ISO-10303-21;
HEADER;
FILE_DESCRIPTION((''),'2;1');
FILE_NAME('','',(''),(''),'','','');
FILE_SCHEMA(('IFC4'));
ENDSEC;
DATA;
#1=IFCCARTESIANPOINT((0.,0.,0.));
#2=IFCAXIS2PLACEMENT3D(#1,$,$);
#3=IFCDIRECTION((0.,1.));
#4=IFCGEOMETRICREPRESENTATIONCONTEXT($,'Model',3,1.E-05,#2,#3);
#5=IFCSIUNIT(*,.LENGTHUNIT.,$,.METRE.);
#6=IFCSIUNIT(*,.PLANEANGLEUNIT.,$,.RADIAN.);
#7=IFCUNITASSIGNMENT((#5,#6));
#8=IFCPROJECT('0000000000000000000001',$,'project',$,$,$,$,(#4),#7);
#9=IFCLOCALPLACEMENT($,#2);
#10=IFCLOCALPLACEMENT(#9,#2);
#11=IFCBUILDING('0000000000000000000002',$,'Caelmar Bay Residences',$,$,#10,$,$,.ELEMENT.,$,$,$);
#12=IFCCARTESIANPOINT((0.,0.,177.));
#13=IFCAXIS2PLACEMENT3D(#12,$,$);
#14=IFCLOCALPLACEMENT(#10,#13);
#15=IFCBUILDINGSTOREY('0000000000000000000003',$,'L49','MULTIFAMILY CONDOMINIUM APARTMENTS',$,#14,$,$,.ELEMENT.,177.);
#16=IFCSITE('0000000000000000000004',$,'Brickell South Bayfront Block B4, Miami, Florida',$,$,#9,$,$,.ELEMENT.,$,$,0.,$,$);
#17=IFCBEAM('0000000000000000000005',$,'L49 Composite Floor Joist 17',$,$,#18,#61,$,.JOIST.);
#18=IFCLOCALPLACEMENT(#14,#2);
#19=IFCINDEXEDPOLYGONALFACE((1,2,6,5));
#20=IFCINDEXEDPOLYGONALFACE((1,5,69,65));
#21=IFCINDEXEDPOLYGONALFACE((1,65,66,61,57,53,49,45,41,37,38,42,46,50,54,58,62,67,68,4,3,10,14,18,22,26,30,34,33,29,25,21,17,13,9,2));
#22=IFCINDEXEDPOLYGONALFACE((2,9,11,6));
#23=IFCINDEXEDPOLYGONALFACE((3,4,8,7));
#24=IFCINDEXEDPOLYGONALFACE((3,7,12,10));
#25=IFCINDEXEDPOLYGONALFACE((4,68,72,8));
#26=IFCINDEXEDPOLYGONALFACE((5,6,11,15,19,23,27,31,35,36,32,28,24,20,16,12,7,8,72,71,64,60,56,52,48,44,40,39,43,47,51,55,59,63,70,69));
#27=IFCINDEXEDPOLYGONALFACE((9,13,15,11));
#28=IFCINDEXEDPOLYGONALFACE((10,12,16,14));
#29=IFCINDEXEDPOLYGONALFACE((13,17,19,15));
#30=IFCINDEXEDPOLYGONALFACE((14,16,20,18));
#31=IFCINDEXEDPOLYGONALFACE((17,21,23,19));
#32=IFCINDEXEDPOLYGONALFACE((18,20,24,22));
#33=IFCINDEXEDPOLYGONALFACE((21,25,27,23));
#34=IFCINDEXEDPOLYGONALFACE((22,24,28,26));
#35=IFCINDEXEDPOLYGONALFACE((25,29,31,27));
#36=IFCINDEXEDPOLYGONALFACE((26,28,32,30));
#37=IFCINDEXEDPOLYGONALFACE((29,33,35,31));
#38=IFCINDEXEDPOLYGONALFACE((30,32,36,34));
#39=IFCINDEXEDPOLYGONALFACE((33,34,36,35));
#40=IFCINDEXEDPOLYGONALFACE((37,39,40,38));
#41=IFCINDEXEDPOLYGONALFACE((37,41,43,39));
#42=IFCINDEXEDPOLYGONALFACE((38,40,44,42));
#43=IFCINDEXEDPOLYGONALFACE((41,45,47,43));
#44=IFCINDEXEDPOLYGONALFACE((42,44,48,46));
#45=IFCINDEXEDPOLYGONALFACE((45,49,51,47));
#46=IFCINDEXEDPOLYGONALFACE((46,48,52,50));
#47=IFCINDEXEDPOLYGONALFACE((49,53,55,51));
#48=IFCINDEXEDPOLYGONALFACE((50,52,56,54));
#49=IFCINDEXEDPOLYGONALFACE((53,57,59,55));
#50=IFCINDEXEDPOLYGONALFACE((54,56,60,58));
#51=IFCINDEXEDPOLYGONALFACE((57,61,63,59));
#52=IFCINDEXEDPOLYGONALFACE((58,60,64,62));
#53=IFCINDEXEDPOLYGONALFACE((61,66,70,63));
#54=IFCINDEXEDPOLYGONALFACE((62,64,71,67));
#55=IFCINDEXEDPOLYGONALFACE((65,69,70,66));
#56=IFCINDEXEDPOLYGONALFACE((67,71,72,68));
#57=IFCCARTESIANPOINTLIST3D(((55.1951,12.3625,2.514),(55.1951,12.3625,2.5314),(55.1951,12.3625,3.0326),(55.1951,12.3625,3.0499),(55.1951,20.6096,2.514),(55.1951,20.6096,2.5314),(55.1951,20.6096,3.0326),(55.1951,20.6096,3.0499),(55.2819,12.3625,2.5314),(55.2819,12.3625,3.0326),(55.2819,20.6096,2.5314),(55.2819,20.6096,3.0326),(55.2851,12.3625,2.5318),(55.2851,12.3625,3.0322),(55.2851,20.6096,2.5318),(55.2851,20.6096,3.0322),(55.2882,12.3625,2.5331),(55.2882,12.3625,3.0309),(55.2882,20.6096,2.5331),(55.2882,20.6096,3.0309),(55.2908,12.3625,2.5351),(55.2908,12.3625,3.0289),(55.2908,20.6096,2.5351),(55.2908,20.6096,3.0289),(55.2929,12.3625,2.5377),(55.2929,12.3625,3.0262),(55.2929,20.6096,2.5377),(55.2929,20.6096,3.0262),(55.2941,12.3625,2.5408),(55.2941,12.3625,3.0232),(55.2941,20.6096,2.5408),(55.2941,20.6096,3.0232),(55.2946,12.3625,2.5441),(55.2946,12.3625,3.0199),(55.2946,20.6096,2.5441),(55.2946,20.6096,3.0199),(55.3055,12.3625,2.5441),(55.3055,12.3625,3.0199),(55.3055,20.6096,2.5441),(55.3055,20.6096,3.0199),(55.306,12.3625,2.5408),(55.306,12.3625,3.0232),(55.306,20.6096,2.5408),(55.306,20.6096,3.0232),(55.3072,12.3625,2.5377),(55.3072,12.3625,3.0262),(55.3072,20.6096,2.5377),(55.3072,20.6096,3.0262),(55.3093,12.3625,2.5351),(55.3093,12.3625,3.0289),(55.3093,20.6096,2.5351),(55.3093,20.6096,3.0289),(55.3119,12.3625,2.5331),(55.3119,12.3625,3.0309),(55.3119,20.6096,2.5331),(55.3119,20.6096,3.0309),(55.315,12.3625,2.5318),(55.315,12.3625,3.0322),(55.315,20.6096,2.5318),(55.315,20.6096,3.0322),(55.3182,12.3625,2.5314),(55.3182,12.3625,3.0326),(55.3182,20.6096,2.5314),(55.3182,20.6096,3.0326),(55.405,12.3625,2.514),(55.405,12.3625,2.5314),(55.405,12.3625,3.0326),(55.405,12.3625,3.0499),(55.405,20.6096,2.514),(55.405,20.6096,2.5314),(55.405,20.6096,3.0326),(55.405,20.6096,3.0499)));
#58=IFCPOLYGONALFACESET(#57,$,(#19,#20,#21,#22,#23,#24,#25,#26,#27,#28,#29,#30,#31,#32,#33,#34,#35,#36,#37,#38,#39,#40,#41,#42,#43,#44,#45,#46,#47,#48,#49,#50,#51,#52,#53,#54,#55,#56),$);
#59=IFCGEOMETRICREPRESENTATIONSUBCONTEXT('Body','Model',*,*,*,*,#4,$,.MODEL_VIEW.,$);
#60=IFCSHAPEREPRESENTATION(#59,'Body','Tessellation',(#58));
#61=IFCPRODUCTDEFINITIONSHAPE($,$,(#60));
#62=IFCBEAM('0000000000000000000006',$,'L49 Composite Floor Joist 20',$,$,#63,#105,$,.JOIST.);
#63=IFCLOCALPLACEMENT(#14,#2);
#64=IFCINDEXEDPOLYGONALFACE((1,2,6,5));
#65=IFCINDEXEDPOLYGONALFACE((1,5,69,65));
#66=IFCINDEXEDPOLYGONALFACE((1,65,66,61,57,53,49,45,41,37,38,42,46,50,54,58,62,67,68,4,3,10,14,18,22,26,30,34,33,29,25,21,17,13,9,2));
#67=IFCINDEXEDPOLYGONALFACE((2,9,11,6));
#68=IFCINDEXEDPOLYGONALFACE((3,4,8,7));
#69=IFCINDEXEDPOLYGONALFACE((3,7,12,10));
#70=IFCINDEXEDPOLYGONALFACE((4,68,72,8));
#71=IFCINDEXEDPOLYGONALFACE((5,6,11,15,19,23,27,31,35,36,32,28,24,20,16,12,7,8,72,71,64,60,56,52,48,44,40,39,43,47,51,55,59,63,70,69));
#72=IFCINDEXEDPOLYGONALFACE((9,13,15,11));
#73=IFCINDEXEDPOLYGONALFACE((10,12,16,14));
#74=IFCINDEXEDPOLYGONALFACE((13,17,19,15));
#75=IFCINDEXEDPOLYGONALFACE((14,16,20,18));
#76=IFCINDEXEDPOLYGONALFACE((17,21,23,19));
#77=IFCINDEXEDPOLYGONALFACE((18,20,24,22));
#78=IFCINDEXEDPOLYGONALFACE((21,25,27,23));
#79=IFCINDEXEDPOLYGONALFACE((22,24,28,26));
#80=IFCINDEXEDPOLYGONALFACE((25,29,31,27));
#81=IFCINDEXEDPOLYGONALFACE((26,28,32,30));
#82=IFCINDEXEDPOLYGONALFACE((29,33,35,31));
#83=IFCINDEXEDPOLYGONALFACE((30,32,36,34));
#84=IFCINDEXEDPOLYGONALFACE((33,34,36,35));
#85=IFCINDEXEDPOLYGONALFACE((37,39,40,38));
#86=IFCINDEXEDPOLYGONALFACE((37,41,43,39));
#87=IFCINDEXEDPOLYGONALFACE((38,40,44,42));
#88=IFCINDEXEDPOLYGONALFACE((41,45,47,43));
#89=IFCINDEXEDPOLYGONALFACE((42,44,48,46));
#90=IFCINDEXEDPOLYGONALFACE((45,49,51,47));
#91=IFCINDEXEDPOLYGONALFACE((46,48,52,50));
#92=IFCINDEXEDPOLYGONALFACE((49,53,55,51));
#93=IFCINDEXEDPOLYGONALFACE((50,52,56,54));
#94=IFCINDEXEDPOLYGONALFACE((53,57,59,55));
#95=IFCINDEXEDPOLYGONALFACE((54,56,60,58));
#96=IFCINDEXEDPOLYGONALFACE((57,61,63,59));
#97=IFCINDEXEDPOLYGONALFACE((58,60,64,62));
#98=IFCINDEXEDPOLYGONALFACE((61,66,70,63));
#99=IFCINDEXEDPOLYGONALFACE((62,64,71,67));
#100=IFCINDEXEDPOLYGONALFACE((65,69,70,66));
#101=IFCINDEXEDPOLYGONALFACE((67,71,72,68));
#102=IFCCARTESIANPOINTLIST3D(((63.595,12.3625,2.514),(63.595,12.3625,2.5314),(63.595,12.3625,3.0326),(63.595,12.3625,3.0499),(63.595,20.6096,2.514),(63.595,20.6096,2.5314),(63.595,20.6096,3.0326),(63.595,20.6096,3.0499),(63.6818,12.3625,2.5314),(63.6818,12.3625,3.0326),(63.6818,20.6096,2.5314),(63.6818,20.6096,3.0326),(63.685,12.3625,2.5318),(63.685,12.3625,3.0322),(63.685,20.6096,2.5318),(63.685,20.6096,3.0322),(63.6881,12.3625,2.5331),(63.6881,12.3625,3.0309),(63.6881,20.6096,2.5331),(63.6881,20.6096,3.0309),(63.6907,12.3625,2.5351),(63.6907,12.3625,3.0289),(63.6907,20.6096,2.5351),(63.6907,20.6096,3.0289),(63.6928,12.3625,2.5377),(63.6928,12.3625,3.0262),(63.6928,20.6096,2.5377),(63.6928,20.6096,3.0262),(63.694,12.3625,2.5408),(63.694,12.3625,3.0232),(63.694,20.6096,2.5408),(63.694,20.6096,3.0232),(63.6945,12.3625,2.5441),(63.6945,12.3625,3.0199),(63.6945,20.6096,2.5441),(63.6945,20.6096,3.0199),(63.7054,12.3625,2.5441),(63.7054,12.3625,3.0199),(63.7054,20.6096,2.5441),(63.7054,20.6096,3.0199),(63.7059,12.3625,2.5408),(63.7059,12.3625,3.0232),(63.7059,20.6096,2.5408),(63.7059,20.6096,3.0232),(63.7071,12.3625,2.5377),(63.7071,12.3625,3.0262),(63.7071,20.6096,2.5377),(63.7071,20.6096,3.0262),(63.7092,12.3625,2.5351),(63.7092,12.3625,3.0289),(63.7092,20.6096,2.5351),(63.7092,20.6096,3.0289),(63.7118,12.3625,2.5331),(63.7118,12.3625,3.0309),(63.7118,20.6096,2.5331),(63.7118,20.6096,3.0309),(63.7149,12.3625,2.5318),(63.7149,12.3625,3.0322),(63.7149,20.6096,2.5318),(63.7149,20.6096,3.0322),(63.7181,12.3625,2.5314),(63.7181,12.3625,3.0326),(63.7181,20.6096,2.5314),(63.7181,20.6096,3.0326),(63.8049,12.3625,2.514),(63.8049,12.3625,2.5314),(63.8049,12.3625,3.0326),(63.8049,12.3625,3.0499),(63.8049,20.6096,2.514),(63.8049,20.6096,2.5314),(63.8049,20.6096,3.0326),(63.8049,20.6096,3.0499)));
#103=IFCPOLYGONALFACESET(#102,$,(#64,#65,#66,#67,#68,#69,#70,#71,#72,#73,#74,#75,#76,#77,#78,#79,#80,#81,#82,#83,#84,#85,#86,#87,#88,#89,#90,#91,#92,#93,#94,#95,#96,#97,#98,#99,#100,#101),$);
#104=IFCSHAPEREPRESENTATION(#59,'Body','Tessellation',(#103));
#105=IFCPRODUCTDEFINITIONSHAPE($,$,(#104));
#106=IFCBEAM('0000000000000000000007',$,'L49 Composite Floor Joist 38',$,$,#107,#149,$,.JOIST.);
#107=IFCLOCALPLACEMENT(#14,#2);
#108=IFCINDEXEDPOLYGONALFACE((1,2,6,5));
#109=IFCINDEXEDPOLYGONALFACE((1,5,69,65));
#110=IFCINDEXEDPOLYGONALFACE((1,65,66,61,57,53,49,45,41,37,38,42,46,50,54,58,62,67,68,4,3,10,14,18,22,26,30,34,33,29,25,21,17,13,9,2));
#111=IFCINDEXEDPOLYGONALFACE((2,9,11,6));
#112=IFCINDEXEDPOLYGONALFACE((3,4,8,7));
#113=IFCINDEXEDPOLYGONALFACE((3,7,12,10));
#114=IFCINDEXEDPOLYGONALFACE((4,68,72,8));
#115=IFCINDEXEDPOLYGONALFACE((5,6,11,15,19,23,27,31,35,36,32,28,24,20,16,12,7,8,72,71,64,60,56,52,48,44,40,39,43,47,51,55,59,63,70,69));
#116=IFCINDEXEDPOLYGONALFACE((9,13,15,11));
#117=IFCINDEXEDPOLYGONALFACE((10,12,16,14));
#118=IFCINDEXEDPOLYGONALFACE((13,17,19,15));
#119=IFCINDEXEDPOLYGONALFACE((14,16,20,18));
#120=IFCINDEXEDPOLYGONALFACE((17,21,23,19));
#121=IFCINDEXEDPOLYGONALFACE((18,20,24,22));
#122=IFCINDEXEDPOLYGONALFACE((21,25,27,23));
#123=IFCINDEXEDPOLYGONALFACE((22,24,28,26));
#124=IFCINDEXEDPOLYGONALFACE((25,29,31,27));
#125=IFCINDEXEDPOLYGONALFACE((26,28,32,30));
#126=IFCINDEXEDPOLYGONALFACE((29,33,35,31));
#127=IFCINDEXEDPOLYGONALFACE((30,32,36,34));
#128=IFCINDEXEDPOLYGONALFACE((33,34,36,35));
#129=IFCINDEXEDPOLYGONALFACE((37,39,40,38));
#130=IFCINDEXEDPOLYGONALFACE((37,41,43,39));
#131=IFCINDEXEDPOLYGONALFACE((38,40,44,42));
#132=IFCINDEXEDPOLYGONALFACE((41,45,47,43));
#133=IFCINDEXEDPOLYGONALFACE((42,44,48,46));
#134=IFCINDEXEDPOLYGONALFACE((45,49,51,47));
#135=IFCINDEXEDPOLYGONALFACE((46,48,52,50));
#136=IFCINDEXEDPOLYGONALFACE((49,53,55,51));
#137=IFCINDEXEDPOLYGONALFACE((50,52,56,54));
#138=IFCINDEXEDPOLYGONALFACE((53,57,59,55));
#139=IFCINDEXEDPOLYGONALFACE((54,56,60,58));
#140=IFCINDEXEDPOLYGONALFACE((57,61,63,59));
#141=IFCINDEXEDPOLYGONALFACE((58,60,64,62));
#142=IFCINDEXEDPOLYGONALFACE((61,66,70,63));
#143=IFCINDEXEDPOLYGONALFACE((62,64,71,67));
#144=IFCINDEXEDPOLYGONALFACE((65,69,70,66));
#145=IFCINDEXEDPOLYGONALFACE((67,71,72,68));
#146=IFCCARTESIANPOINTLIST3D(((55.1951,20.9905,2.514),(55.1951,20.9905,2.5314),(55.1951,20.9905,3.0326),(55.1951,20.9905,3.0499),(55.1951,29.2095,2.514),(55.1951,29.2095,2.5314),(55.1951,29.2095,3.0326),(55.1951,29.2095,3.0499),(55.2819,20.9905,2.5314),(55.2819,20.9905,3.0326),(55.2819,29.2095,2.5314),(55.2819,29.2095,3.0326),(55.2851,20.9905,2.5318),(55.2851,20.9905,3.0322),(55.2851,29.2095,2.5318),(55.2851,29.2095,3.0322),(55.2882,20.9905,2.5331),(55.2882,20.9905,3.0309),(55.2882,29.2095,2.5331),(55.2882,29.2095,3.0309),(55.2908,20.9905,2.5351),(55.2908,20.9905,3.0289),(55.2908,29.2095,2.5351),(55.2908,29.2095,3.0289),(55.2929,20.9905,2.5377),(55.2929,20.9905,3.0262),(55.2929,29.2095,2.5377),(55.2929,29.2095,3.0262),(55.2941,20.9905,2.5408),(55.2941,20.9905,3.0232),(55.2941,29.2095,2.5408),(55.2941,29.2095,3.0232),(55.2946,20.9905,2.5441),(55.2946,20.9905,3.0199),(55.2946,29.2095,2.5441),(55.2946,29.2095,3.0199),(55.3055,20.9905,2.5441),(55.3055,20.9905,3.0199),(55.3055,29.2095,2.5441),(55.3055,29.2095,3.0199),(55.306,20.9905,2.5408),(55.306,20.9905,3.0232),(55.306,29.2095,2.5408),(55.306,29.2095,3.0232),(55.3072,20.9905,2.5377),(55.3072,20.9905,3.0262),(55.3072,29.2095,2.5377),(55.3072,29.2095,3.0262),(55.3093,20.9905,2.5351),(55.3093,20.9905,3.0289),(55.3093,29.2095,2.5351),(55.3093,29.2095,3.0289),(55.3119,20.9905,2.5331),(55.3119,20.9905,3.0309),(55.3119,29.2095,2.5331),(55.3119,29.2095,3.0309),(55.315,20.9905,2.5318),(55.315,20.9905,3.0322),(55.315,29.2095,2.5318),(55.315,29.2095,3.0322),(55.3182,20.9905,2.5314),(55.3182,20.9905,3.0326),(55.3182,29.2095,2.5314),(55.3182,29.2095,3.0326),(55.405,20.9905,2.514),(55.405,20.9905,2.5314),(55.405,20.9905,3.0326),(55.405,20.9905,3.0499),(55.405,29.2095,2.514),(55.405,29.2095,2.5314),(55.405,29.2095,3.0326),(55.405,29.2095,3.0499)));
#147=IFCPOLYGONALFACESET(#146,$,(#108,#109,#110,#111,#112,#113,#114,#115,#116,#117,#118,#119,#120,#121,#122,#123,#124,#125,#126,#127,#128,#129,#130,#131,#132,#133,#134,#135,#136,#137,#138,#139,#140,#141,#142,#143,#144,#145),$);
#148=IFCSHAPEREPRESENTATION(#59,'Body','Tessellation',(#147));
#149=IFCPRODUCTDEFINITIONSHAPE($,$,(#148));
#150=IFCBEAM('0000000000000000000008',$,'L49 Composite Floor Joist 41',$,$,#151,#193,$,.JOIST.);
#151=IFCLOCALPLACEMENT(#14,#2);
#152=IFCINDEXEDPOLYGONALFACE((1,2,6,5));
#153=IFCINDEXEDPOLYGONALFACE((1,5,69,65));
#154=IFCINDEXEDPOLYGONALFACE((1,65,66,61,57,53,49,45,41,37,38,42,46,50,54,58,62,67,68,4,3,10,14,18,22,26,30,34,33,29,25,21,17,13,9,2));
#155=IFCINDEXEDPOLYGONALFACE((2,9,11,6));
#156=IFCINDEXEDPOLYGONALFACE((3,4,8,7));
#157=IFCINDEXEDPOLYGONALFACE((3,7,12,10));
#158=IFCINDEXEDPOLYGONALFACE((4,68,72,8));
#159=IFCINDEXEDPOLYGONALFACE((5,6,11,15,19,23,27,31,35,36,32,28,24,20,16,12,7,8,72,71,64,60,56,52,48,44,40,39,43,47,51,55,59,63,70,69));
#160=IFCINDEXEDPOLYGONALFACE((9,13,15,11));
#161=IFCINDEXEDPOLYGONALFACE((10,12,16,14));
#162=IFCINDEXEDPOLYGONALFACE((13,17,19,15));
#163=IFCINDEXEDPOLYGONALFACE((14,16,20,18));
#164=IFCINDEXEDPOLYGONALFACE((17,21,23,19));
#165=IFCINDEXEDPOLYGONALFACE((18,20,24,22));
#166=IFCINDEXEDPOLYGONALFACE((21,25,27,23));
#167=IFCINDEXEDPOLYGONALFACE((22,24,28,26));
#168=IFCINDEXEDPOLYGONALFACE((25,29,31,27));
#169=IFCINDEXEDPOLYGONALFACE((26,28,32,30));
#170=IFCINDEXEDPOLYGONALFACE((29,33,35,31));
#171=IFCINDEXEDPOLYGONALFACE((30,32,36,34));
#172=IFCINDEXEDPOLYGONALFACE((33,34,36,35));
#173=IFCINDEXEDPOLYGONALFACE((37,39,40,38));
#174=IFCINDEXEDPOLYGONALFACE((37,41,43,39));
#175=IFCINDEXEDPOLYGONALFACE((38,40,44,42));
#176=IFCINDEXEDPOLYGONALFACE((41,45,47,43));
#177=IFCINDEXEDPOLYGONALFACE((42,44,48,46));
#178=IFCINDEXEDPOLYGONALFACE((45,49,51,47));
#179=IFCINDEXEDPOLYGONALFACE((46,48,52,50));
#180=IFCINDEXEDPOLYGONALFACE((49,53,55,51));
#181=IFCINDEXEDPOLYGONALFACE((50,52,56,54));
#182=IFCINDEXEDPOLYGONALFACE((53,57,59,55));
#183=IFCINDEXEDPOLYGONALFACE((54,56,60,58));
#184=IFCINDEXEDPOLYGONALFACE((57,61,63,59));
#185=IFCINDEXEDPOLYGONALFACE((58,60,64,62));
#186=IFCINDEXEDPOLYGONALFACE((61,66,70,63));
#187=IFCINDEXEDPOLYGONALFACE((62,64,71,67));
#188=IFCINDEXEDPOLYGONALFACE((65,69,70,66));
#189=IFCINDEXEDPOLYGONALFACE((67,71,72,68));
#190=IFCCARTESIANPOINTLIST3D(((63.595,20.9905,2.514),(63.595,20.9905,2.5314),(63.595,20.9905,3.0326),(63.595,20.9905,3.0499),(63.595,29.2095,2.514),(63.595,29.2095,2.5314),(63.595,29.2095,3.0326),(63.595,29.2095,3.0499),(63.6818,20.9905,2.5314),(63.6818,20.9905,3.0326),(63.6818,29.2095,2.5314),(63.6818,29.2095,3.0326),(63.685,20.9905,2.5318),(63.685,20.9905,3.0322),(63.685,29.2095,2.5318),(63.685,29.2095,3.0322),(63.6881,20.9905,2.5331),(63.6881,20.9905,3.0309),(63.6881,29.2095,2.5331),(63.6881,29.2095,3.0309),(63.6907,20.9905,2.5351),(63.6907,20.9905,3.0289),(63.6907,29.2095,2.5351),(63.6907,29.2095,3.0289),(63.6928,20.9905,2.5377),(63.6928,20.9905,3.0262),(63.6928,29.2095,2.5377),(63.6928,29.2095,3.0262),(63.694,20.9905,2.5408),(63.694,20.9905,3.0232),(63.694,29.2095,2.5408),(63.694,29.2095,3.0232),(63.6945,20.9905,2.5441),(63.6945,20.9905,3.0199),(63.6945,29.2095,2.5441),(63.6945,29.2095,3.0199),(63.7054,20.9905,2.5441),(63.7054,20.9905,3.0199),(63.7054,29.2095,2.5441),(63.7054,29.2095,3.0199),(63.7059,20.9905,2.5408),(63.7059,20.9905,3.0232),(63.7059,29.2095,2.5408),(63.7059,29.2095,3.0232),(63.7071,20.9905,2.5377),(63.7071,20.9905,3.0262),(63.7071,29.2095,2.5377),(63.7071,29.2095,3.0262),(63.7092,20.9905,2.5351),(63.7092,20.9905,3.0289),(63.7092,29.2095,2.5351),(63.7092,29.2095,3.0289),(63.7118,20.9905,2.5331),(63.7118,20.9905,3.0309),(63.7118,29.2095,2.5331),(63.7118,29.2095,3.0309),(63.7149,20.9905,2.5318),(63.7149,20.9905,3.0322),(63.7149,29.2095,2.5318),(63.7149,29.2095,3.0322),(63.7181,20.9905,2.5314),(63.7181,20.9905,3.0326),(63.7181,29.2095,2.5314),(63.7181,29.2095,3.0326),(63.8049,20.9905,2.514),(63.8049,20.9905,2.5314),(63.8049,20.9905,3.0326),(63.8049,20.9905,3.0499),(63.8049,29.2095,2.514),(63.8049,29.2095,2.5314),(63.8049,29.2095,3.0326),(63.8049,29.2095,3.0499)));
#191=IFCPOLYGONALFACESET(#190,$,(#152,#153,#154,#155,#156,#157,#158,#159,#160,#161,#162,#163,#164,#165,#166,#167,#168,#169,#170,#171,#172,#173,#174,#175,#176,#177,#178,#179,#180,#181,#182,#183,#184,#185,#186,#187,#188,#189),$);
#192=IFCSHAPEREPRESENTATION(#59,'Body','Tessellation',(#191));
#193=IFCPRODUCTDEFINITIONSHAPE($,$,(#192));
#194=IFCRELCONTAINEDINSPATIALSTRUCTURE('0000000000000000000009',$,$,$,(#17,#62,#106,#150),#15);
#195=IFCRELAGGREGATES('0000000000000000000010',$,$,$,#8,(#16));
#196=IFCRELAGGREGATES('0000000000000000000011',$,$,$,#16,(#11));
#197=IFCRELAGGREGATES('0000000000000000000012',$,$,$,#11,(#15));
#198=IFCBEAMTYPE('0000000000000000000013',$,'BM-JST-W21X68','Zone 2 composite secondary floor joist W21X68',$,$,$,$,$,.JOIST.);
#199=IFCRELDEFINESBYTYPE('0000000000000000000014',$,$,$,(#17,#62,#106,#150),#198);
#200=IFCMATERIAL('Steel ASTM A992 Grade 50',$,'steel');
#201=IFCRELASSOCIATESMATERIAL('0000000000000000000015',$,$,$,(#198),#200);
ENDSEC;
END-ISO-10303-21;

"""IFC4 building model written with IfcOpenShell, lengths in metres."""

from ifc_helpers import new_model, si_unit, direction, frame, origin, origin_2d, place, context, subcontext, project, spatial, i_section, extrude, material, material_profile, profile_set, type_object, element, save


model = new_model("IFC4")

# Units and contexts
model_context = context("Model", 3, precision=1e-05, world=origin(), true_north=direction((0.0, 1.0)))
body_context = subcontext(model_context, "Body", "Model", "MODEL_VIEW")
ifc_project = project(units=[si_unit("LENGTHUNIT", "METRE"), si_unit("PLANEANGLEUNIT", "RADIAN")], contexts=[model_context])

# Site, building, storey
site_placement = place(None, origin())
site = spatial("IfcSite", under=ifc_project, at=site_placement, Name="Brickell South Bayfront Block B4, Miami, Florida", CompositionType="ELEMENT", RefElevation=0.0)
building_placement = place(site_placement, origin())
building = spatial("IfcBuilding", under=site, at=building_placement, Name="Caelmar Bay Residences", CompositionType="ELEMENT")
storey_placement = place(building_placement, frame((0.0, 0.0, 177.0)))
storey = spatial("IfcBuildingStorey", under=building, at=storey_placement, Name="L49", Description="MULTIFAMILY CONDOMINIUM APARTMENTS", CompositionType="ELEMENT", Elevation=177.0)

# Beams
ifc_material_1 = material(Name="Steel ASTM A992 Grade 50", Category="steel")
ifc_material_profile_1 = material_profile(ifc_material_1, i_section(OverallWidth=0.21, OverallDepth=0.5359, WebThickness=0.011, FlangeThickness=0.0173, FilletRadius=0.0127, at=origin_2d()), Name="W21X68")
ifc_profile_set_1 = profile_set([ifc_material_profile_1], Name="Steel ASTM A992 Grade 50")
beam_type_1 = type_object("IfcBeamType", Name="BM-JST-W21X68", Description="Zone 2 composite secondary floor joist W21X68", PredefinedType="JOIST", material=ifc_profile_set_1)
for number, where, z_axis, x_axis, name in (
    (1, (55.3, 12.3625, 2.782), (0.0, 1.0, 0.0), (-1.0, 0.0, 0.0), "L49 Composite Floor Joist 17"),
    (2, (63.7, 12.3625, 2.782), (0.0, 1.0, 0.0), (-1.0, 0.0, 0.0), "L49 Composite Floor Joist 20"),
):
    element("IfcBeam", number, at=place(storey_placement, frame(where, z_axis=z_axis, x_axis=x_axis)), inside=storey, type_object=beam_type_1, Name=name, PredefinedType="JOIST", context=body_context, shape_type="SweptSolid", body=[
        extrude(i_section(OverallWidth=0.21, OverallDepth=0.5359, WebThickness=0.011, FlangeThickness=0.0173, FilletRadius=0.0127, at=origin_2d()), origin(), (0.0, 0.0, 1.0), 8.2471),
    ])
for number, where, z_axis, x_axis, name in (
    (3, (55.3, 20.9905, 2.782), (0.0, 1.0, 0.0), (-1.0, 0.0, 0.0), "L49 Composite Floor Joist 38"),
    (4, (63.7, 20.9905, 2.782), (0.0, 1.0, 0.0), (-1.0, 0.0, 0.0), "L49 Composite Floor Joist 41"),
):
    element("IfcBeam", number, at=place(storey_placement, frame(where, z_axis=z_axis, x_axis=x_axis)), inside=storey, type_object=beam_type_1, Name=name, PredefinedType="JOIST", context=body_context, shape_type="SweptSolid", body=[
        extrude(i_section(OverallWidth=0.21, OverallDepth=0.5359, WebThickness=0.011, FlangeThickness=0.0173, FilletRadius=0.0127, at=origin_2d()), origin(), (0.0, 0.0, 1.0), 8.219),
    ])

save(model, "model.ifc")
